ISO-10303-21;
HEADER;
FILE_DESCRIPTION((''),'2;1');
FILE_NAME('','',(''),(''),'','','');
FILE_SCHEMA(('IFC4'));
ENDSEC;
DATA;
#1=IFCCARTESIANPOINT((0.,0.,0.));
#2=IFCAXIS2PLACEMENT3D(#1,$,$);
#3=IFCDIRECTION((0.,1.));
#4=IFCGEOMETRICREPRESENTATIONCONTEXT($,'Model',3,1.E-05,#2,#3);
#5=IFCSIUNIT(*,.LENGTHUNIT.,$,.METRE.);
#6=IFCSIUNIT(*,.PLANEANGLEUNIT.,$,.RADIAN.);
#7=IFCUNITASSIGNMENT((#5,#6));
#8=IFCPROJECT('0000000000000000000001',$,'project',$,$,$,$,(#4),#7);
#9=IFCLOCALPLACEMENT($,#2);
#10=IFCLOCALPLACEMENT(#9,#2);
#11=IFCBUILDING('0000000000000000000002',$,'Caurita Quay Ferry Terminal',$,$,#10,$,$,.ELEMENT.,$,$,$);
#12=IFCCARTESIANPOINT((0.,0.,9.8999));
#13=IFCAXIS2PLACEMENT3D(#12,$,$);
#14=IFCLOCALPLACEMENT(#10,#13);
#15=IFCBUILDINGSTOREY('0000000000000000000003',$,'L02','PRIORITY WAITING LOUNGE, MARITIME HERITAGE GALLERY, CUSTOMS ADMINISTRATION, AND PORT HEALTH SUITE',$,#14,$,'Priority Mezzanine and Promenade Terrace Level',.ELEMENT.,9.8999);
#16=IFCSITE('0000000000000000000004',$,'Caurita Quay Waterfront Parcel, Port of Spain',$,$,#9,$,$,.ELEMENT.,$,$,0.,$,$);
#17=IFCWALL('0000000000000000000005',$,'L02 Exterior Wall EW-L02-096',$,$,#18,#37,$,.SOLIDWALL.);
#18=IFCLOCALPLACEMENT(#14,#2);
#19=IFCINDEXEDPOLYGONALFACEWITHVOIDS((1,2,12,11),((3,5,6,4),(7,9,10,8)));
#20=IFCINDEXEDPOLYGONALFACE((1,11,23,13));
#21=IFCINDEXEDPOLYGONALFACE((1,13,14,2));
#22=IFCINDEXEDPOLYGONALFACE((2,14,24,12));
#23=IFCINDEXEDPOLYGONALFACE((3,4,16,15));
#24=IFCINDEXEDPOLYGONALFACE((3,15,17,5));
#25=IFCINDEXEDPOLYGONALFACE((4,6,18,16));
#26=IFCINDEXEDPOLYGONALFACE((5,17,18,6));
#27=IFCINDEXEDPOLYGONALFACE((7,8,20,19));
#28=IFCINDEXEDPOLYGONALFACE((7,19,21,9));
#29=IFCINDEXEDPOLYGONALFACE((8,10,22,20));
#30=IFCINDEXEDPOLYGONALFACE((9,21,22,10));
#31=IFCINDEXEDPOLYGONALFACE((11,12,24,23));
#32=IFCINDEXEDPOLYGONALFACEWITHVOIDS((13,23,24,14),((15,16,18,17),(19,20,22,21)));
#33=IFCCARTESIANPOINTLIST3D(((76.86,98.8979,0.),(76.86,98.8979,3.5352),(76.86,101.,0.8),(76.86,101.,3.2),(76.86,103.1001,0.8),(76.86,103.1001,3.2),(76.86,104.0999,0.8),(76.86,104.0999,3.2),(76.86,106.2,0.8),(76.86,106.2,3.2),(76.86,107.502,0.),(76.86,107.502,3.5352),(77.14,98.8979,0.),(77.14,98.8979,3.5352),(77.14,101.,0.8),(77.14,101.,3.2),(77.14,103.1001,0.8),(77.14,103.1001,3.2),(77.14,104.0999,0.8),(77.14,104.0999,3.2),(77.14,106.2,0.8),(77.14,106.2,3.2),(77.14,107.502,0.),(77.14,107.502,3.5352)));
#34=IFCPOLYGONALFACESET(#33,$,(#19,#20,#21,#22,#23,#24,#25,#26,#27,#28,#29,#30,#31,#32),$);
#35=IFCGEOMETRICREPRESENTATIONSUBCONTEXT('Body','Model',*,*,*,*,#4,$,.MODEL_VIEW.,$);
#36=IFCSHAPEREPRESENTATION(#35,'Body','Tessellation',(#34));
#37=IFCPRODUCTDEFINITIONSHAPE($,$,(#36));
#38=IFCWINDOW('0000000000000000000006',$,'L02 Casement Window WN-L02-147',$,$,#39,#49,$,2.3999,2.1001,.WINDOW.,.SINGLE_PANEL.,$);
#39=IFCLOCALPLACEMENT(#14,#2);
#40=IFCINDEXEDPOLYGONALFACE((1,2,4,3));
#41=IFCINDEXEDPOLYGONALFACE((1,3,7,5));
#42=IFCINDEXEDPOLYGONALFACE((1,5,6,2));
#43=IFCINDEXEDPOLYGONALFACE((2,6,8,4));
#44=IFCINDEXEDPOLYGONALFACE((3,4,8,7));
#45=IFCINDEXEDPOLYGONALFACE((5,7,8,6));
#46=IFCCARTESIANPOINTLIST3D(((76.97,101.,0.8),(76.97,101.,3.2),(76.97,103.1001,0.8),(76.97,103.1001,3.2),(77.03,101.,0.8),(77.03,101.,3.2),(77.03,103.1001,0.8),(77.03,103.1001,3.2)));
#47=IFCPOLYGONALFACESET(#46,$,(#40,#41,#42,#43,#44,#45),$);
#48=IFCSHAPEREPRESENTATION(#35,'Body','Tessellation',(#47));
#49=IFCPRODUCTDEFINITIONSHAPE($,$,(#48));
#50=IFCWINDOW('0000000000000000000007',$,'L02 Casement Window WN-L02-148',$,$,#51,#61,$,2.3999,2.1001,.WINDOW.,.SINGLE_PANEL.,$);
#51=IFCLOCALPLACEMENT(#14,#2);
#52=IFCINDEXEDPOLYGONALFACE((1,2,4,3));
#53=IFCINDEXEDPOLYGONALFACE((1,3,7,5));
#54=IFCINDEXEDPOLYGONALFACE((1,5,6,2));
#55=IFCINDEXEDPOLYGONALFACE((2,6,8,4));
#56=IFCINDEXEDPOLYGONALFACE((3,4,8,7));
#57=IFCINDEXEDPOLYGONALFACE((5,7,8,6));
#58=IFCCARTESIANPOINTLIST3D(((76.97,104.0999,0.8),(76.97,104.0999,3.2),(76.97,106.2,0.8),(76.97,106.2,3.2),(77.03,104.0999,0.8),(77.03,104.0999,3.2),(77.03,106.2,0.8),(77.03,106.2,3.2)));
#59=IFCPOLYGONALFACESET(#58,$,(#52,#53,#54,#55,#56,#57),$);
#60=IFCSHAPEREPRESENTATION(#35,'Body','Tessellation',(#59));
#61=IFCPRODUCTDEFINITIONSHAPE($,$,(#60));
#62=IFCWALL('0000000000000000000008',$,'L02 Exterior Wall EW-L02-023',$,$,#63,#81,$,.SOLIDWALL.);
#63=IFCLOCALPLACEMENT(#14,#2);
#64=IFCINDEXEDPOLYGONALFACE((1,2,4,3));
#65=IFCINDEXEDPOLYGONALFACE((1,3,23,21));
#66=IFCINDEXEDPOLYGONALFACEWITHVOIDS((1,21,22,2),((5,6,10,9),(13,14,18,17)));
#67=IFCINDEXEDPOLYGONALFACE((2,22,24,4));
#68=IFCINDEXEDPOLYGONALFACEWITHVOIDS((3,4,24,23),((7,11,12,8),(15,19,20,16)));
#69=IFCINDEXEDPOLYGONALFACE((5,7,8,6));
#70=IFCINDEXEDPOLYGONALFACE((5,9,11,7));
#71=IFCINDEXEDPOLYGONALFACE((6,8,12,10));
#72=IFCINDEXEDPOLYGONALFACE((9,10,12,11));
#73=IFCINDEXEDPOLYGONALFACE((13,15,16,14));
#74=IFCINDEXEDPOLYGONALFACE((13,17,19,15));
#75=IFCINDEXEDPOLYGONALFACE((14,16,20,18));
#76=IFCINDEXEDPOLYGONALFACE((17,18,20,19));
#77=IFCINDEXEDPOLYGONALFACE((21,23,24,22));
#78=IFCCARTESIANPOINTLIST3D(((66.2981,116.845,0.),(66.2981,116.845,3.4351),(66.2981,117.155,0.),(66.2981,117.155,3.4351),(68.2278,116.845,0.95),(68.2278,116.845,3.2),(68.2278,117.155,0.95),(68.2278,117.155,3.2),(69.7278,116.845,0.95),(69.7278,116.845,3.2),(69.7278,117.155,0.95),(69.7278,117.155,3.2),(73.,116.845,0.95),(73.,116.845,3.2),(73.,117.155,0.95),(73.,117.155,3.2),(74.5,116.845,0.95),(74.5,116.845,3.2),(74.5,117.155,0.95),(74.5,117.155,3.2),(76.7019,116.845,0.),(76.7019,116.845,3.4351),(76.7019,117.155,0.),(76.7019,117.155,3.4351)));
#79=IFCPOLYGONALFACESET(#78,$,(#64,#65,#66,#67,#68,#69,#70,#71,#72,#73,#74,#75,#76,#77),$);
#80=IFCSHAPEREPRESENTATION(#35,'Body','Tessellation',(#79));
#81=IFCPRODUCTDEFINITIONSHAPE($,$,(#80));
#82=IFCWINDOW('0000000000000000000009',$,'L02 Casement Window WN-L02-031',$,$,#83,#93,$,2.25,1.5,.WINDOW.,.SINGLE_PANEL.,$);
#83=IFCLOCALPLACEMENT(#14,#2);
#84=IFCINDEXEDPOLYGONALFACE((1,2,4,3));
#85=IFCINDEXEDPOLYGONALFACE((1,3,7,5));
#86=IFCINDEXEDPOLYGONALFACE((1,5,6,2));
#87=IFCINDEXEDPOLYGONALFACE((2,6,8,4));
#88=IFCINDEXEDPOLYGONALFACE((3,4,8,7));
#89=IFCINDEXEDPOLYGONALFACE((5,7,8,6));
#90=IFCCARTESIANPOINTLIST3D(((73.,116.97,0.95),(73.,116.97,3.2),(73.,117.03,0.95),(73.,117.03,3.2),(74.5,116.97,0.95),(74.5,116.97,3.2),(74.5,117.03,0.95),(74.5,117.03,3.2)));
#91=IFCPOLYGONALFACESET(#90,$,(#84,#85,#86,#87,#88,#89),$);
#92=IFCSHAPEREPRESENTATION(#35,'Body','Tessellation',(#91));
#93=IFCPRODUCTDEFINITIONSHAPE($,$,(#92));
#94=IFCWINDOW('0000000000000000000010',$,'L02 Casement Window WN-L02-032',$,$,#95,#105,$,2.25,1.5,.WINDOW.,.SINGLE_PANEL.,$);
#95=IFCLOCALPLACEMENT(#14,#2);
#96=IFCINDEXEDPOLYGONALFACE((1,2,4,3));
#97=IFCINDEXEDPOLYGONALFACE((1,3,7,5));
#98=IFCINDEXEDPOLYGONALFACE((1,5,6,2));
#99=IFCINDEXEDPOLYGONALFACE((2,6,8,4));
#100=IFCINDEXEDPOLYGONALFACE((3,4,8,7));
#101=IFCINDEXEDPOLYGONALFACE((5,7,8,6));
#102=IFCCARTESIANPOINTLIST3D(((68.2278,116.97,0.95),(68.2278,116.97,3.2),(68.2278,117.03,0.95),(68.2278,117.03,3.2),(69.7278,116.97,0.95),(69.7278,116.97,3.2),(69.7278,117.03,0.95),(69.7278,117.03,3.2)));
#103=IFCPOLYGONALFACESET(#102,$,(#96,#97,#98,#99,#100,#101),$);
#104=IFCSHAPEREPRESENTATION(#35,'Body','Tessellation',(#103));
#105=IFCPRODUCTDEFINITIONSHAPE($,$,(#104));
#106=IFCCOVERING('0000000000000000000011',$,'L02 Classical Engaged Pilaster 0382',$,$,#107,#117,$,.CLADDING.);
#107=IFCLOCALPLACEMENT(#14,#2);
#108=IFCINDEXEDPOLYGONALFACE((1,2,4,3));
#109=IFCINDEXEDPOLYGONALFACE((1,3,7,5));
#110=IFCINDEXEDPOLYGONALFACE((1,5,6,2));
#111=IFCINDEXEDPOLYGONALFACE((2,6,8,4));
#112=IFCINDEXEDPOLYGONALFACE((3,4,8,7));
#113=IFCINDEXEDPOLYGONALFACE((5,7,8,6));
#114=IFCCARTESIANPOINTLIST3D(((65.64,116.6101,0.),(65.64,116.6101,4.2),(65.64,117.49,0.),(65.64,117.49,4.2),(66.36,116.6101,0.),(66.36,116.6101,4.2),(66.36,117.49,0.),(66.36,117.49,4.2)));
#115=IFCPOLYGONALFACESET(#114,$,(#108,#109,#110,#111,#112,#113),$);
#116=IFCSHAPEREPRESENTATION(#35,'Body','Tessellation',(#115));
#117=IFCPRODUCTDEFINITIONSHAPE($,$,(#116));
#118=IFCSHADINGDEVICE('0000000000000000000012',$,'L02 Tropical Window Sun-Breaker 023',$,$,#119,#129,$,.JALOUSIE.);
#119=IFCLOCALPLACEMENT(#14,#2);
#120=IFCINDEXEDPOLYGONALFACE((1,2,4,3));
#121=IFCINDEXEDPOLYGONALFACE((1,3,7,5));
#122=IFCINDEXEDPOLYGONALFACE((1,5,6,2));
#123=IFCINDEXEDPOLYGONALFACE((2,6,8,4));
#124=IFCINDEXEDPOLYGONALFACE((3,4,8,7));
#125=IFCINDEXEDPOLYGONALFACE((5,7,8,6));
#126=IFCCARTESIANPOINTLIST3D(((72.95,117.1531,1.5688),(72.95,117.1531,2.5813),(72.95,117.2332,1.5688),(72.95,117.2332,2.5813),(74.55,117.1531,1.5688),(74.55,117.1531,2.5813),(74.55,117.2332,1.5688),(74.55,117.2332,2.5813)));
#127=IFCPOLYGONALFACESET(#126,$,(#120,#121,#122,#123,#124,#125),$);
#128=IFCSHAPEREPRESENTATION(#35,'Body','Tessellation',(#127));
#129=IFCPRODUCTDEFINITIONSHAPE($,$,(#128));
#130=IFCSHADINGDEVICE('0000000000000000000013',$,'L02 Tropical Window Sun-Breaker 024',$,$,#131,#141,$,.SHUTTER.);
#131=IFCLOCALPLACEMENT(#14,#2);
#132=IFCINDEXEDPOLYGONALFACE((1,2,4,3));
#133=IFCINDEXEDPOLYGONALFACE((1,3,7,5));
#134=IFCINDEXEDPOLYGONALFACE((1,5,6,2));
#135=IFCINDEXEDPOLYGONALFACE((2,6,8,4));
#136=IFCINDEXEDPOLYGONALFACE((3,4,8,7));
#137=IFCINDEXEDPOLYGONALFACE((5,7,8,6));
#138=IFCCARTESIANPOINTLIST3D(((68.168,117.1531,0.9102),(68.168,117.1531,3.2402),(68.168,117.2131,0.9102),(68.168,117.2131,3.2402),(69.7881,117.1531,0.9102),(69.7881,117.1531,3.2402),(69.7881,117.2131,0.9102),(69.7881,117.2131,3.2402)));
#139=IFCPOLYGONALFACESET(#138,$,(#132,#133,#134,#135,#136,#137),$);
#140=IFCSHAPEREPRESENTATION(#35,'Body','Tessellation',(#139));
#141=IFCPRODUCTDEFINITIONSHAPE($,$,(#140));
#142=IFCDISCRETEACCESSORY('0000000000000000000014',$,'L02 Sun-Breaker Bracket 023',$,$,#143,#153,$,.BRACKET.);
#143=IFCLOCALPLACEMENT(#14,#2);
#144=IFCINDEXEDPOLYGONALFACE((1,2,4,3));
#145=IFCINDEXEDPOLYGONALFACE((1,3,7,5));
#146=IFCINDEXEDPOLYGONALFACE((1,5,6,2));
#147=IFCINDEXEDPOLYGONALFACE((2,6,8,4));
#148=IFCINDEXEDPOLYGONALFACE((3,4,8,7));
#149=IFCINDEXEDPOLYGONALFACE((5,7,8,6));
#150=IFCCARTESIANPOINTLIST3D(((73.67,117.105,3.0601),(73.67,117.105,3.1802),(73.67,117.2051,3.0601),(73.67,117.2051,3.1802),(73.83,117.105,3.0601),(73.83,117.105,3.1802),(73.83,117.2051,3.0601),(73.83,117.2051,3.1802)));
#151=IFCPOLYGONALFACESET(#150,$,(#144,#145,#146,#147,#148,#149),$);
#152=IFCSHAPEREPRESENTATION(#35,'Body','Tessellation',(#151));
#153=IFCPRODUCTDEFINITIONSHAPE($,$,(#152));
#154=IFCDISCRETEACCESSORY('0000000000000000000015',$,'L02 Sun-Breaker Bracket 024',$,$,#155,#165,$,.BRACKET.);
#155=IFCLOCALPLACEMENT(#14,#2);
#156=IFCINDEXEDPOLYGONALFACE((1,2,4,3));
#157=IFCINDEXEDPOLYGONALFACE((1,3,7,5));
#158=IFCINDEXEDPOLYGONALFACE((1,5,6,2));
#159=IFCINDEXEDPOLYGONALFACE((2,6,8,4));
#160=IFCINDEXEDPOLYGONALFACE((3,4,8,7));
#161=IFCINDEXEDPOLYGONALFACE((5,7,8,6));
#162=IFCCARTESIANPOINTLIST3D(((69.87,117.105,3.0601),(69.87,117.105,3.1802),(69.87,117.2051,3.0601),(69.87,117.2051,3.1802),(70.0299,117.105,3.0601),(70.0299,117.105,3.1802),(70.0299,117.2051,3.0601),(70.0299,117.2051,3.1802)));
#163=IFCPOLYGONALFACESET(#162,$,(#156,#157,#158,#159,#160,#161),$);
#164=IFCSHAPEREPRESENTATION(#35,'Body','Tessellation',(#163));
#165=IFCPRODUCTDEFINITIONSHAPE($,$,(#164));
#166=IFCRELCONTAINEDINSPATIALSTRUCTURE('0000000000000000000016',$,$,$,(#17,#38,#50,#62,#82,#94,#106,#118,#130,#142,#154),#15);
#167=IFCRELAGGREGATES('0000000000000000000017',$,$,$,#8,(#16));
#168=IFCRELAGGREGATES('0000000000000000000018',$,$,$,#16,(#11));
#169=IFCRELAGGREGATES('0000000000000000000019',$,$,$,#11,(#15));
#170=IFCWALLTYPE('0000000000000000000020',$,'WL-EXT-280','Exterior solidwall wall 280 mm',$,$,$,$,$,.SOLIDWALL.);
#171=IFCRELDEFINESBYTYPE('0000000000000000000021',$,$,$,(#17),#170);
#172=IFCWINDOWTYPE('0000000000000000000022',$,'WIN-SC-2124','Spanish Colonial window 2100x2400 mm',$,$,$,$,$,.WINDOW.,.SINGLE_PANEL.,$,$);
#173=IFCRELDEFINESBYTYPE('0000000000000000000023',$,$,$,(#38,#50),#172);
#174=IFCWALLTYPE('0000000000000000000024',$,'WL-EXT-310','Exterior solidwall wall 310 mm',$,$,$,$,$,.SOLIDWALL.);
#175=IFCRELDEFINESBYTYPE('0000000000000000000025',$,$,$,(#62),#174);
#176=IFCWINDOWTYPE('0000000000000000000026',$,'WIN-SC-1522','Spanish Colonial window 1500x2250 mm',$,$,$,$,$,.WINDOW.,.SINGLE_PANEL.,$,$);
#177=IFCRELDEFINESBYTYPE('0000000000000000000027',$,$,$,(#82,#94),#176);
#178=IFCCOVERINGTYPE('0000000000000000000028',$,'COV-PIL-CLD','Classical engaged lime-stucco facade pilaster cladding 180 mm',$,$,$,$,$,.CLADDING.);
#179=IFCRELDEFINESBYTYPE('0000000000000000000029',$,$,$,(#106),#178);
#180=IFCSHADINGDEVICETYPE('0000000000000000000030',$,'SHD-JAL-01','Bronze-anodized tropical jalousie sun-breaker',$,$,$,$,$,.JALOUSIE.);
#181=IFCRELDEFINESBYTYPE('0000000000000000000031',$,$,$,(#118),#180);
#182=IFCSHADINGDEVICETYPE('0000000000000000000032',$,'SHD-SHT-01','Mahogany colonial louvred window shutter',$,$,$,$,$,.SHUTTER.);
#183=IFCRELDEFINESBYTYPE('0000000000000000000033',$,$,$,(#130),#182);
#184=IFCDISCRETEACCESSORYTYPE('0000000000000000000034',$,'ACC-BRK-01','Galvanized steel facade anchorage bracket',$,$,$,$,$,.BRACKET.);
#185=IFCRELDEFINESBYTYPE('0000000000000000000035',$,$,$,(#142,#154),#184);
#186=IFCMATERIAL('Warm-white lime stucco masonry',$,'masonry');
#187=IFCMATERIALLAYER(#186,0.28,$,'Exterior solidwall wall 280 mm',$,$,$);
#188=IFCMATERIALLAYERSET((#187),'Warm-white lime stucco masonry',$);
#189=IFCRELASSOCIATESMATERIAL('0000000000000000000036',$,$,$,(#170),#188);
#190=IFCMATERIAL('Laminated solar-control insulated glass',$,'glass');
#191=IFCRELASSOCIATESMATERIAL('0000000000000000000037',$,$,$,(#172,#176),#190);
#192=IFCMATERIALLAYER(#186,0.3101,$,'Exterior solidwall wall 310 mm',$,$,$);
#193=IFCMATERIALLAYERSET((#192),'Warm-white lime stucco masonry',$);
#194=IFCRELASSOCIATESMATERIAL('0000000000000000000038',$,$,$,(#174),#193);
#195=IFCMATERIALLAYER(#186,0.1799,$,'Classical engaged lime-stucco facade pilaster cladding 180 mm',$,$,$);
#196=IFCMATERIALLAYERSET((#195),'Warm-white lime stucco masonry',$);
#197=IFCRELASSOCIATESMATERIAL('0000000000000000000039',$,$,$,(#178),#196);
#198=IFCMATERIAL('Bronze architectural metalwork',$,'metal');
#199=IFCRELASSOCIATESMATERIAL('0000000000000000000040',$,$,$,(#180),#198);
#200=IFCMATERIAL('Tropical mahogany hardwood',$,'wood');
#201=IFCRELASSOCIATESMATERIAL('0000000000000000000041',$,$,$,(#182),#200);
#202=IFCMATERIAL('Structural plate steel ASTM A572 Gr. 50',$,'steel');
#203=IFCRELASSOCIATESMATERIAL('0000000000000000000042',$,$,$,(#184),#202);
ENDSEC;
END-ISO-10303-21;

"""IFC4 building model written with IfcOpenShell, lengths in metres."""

from ifc_helpers import new_model, si_unit, direction, frame, frame_2d, origin, origin_2d, place, context, subcontext, project, spatial, rectangle, extrude, material, layer, layer_set, type_object, element, fill, save


model = new_model("IFC4")

# Units and contexts
model_context = context("Model", 3, precision=1e-05, world=origin(), true_north=direction((0.0, 1.0)))
body_context = subcontext(model_context, "Body", "Model", "MODEL_VIEW")
ifc_project = project(units=[si_unit("LENGTHUNIT", "METRE"), si_unit("PLANEANGLEUNIT", "RADIAN")], contexts=[model_context])

# Site, building, storey
site_placement = place(None, origin())
site = spatial("IfcSite", under=ifc_project, at=site_placement, Name="Caurita Quay Waterfront Parcel, Port of Spain", CompositionType="ELEMENT", RefElevation=0.0)
building_placement = place(site_placement, origin())
building = spatial("IfcBuilding", under=site, at=building_placement, Name="Caurita Quay Ferry Terminal", CompositionType="ELEMENT")
storey_placement = place(building_placement, frame((0.0, 0.0, 9.8999)))
storey = spatial("IfcBuildingStorey", under=building, at=storey_placement, Name="L02", Description="PRIORITY WAITING LOUNGE, MARITIME HERITAGE GALLERY, CUSTOMS ADMINISTRATION, AND PORT HEALTH SUITE", LongName="Priority Mezzanine and Promenade Terrace Level", CompositionType="ELEMENT", Elevation=9.8999)

# Walls, openings, windows
ifc_material_1 = material(Name="Warm-white lime stucco masonry", Category="masonry")
ifc_layer_1 = layer(ifc_material_1, 0.28, Name="Exterior solidwall wall 280 mm")
ifc_layer_set_1 = layer_set([ifc_layer_1], Name="Warm-white lime stucco masonry")
wall_type_1 = type_object("IfcWallType", Name="WL-EXT-280", Description="Exterior solidwall wall 280 mm", PredefinedType="SOLIDWALL", material=ifc_layer_set_1)
wall_1_placement = place(storey_placement, frame((77.0, 98.8979, 0.0), z_axis=(0.0, 0.0, 1.0), x_axis=(0.0, 1.0, 0.0)))
wall_1 = element("IfcWall", 1, at=wall_1_placement, inside=storey, type_object=wall_type_1, Name="L02 Exterior Wall EW-L02-096", PredefinedType="SOLIDWALL", context=body_context, shape_type="SweptSolid", body=[
    extrude(rectangle(XDim=8.604, YDim=0.28, at=frame_2d((4.302, 0.0))), origin(), (0.0, 0.0, 1.0), 3.5352),
])
opening_1_placement = place(wall_1_placement, frame((2.1021, 0.0, 0.8)))
opening_1 = element("IfcOpeningElement", 2, at=opening_1_placement, cuts=wall_1, PredefinedType="OPENING", context=body_context, shape_type="SweptSolid", body=[
    extrude(rectangle(XDim=2.1001, YDim=2.3999, at=frame_2d((1.05, 1.2))), frame((0.0, 0.1499, 0.0), z_axis=(0.0, -1.0, 0.0), x_axis=(1.0, 0.0, 0.0)), (0.0, 0.0, 1.0), 0.3),
])
opening_2_placement = place(wall_1_placement, frame((5.2019, 0.0, 0.8)))
opening_2 = element("IfcOpeningElement", 3, at=opening_2_placement, cuts=wall_1, PredefinedType="OPENING", context=body_context, shape_type="SweptSolid", body=[
    extrude(rectangle(XDim=2.1001, YDim=2.3999, at=frame_2d((1.05, 1.2))), frame((0.0, 0.1499, 0.0), z_axis=(0.0, -1.0, 0.0), x_axis=(1.0, 0.0, 0.0)), (0.0, 0.0, 1.0), 0.3),
])
ifc_material_2 = material(Name="Laminated solar-control insulated glass", Category="glass")
window_type_1 = type_object("IfcWindowType", Name="WIN-SC-2124", Description="Spanish Colonial window 2100x2400 mm", PartitioningType="SINGLE_PANEL", PredefinedType="WINDOW", material=ifc_material_2)
window_1_placement = place(opening_1_placement, origin())
window_1 = element("IfcWindow", 4, at=window_1_placement, inside=storey, type_object=window_type_1, Name="L02 Casement Window WN-L02-147", OverallHeight=2.3999, OverallWidth=2.1001, PartitioningType="SINGLE_PANEL", PredefinedType="WINDOW", context=body_context, shape_type="SweptSolid", body=[
    extrude(rectangle(XDim=2.1001, YDim=2.3999, at=frame_2d((1.05, 1.2))), frame((0.0, 0.03, 0.0), z_axis=(0.0, -1.0, 0.0), x_axis=(1.0, 0.0, 0.0)), (0.0, 0.0, 1.0), 0.0601),
])
fill(opening_1, window_1)
window_2_placement = place(opening_2_placement, origin())
window_2 = element("IfcWindow", 5, at=window_2_placement, inside=storey, type_object=window_type_1, Name="L02 Casement Window WN-L02-148", OverallHeight=2.3999, OverallWidth=2.1001, PartitioningType="SINGLE_PANEL", PredefinedType="WINDOW", context=body_context, shape_type="SweptSolid", body=[
    extrude(rectangle(XDim=2.1001, YDim=2.3999, at=frame_2d((1.05, 1.2))), frame((0.0, 0.03, 0.0), z_axis=(0.0, -1.0, 0.0), x_axis=(1.0, 0.0, 0.0)), (0.0, 0.0, 1.0), 0.0601),
])
fill(opening_2, window_2)
ifc_layer_2 = layer(ifc_material_1, 0.3101, Name="Exterior solidwall wall 310 mm")
ifc_layer_set_2 = layer_set([ifc_layer_2], Name="Warm-white lime stucco masonry")
wall_type_2 = type_object("IfcWallType", Name="WL-EXT-310", Description="Exterior solidwall wall 310 mm", PredefinedType="SOLIDWALL", material=ifc_layer_set_2)
wall_2_placement = place(storey_placement, frame((76.7019, 117.0, 0.0), z_axis=(0.0, 0.0, 1.0), x_axis=(-1.0, 0.0, 0.0)))
wall_2 = element("IfcWall", 6, at=wall_2_placement, inside=storey, type_object=wall_type_2, Name="L02 Exterior Wall EW-L02-023", PredefinedType="SOLIDWALL", context=body_context, shape_type="SweptSolid", body=[
    extrude(rectangle(XDim=10.4038, YDim=0.3101, at=frame_2d((5.2019, 0.0))), origin(), (0.0, 0.0, 1.0), 3.4351),
])
opening_3_placement = place(wall_2_placement, frame((2.2019, 0.0, 0.95)))
opening_3 = element("IfcOpeningElement", 7, at=opening_3_placement, cuts=wall_2, PredefinedType="OPENING", context=body_context, shape_type="SweptSolid", body=[
    extrude(rectangle(XDim=1.5, YDim=2.25, at=frame_2d((0.75, 1.125))), frame((0.0, 0.165, 0.0), z_axis=(0.0, -1.0, 0.0), x_axis=(1.0, 0.0, 0.0)), (0.0, 0.0, 1.0), 0.3301),
])
opening_4_placement = place(wall_2_placement, frame((6.9741, 0.0, 0.95)))
opening_4 = element("IfcOpeningElement", 8, at=opening_4_placement, cuts=wall_2, PredefinedType="OPENING", context=body_context, shape_type="SweptSolid", body=[
    extrude(rectangle(XDim=1.5, YDim=2.25, at=frame_2d((0.75, 1.125))), frame((0.0, 0.165, 0.0), z_axis=(0.0, -1.0, 0.0), x_axis=(1.0, 0.0, 0.0)), (0.0, 0.0, 1.0), 0.3301),
])
window_type_2 = type_object("IfcWindowType", Name="WIN-SC-1522", Description="Spanish Colonial window 1500x2250 mm", PartitioningType="SINGLE_PANEL", PredefinedType="WINDOW", material=ifc_material_2)
window_3_placement = place(opening_3_placement, origin())
window_3 = element("IfcWindow", 9, at=window_3_placement, inside=storey, type_object=window_type_2, Name="L02 Casement Window WN-L02-031", OverallHeight=2.25, OverallWidth=1.5, PartitioningType="SINGLE_PANEL", PredefinedType="WINDOW", context=body_context, shape_type="SweptSolid", body=[
    extrude(rectangle(XDim=1.5, YDim=2.25, at=frame_2d((0.75, 1.125))), frame((0.0, 0.03, 0.0), z_axis=(0.0, -1.0, 0.0), x_axis=(1.0, 0.0, 0.0)), (0.0, 0.0, 1.0), 0.0601),
])
fill(opening_3, window_3)
window_4_placement = place(opening_4_placement, origin())
window_4 = element("IfcWindow", 10, at=window_4_placement, inside=storey, type_object=window_type_2, Name="L02 Casement Window WN-L02-032", OverallHeight=2.25, OverallWidth=1.5, PartitioningType="SINGLE_PANEL", PredefinedType="WINDOW", context=body_context, shape_type="SweptSolid", body=[
    extrude(rectangle(XDim=1.5, YDim=2.25, at=frame_2d((0.75, 1.125))), frame((0.0, 0.03, 0.0), z_axis=(0.0, -1.0, 0.0), x_axis=(1.0, 0.0, 0.0)), (0.0, 0.0, 1.0), 0.0601),
])
fill(opening_4, window_4)

# Covering
ifc_layer_3 = layer(ifc_material_1, 0.1799, Name="Classical engaged lime-stucco facade pilaster cladding 180 mm")
ifc_layer_set_3 = layer_set([ifc_layer_3], Name="Warm-white lime stucco masonry")
covering_type = type_object("IfcCoveringType", Name="COV-PIL-CLD", Description="Classical engaged lime-stucco facade pilaster cladding 180 mm", PredefinedType="CLADDING", material=ifc_layer_set_3)
covering_placement = place(storey_placement, frame((66.0, 117.05, 0.0), z_axis=(0.0, 0.0, 1.0), x_axis=(1.0, 0.0, 0.0)))
element("IfcCovering", 11, at=covering_placement, inside=storey, type_object=covering_type, Name="L02 Classical Engaged Pilaster 0382", PredefinedType="CLADDING", context=body_context, shape_type="SweptSolid", body=[
    extrude(rectangle(XDim=0.72, YDim=0.8799, at=origin_2d()), origin(), (0.0, 0.0, 1.0), 4.2),
])

# Shading devices
ifc_material_3 = material(Name="Bronze architectural metalwork", Category="metal")
shading_device_type_1 = type_object("IfcShadingDeviceType", Name="SHD-JAL-01", Description="Bronze-anodized tropical jalousie sun-breaker", PredefinedType="JALOUSIE", material=ifc_material_3)
shading_device_1_placement = place(storey_placement, frame((73.75, 117.1931, 1.5688), z_axis=(0.0, 0.0, 1.0), x_axis=(-1.0, 0.0, 0.0)))
element("IfcShadingDevice", 12, at=shading_device_1_placement, inside=storey, type_object=shading_device_type_1, Name="L02 Tropical Window Sun-Breaker 023", PredefinedType="JALOUSIE", context=body_context, shape_type="SweptSolid", body=[
    extrude(rectangle(XDim=1.6001, YDim=0.0801, at=origin_2d()), origin(), (0.0, 0.0, 1.0), 1.0125),
])
ifc_material_4 = material(Name="Tropical mahogany hardwood", Category="wood")
shading_device_type_2 = type_object("IfcShadingDeviceType", Name="SHD-SHT-01", Description="Mahogany colonial louvred window shutter", PredefinedType="SHUTTER", material=ifc_material_4)
shading_device_2_placement = place(storey_placement, frame((68.978, 117.1831, 0.9102), z_axis=(0.0, 0.0, 1.0), x_axis=(-1.0, 0.0, 0.0)))
element("IfcShadingDevice", 13, at=shading_device_2_placement, inside=storey, type_object=shading_device_type_2, Name="L02 Tropical Window Sun-Breaker 024", PredefinedType="SHUTTER", context=body_context, shape_type="SweptSolid", body=[
    extrude(rectangle(XDim=1.6201, YDim=0.0601, at=origin_2d()), origin(), (0.0, 0.0, 1.0), 2.3301),
])

# Discrete accessories
ifc_material_5 = material(Name="Structural plate steel ASTM A572 Gr. 50", Category="steel")
discrete_accessory_type = type_object("IfcDiscreteAccessoryType", Name="ACC-BRK-01", Description="Galvanized steel facade anchorage bracket", PredefinedType="BRACKET", material=ifc_material_5)
for number, where, z_axis, x_axis, name in (
    (14, (73.75, 117.155, 3.0601), (0.0, 0.0, 1.0), (-1.0, 0.0, 0.0), "L02 Sun-Breaker Bracket 023"),
    (15, (69.95, 117.155, 3.0601), (0.0, 0.0, 1.0), (-1.0, 0.0, 0.0), "L02 Sun-Breaker Bracket 024"),
):
    element("IfcDiscreteAccessory", number, at=place(storey_placement, frame(where, z_axis=z_axis, x_axis=x_axis)), inside=storey, type_object=discrete_accessory_type, Name=name, PredefinedType="BRACKET", context=body_context, shape_type="SweptSolid", body=[
        extrude(rectangle(XDim=0.1599, YDim=0.1001, at=origin_2d()), origin(), (0.0, 0.0, 1.0), 0.1201),
    ])

save(model, "model.ifc")
